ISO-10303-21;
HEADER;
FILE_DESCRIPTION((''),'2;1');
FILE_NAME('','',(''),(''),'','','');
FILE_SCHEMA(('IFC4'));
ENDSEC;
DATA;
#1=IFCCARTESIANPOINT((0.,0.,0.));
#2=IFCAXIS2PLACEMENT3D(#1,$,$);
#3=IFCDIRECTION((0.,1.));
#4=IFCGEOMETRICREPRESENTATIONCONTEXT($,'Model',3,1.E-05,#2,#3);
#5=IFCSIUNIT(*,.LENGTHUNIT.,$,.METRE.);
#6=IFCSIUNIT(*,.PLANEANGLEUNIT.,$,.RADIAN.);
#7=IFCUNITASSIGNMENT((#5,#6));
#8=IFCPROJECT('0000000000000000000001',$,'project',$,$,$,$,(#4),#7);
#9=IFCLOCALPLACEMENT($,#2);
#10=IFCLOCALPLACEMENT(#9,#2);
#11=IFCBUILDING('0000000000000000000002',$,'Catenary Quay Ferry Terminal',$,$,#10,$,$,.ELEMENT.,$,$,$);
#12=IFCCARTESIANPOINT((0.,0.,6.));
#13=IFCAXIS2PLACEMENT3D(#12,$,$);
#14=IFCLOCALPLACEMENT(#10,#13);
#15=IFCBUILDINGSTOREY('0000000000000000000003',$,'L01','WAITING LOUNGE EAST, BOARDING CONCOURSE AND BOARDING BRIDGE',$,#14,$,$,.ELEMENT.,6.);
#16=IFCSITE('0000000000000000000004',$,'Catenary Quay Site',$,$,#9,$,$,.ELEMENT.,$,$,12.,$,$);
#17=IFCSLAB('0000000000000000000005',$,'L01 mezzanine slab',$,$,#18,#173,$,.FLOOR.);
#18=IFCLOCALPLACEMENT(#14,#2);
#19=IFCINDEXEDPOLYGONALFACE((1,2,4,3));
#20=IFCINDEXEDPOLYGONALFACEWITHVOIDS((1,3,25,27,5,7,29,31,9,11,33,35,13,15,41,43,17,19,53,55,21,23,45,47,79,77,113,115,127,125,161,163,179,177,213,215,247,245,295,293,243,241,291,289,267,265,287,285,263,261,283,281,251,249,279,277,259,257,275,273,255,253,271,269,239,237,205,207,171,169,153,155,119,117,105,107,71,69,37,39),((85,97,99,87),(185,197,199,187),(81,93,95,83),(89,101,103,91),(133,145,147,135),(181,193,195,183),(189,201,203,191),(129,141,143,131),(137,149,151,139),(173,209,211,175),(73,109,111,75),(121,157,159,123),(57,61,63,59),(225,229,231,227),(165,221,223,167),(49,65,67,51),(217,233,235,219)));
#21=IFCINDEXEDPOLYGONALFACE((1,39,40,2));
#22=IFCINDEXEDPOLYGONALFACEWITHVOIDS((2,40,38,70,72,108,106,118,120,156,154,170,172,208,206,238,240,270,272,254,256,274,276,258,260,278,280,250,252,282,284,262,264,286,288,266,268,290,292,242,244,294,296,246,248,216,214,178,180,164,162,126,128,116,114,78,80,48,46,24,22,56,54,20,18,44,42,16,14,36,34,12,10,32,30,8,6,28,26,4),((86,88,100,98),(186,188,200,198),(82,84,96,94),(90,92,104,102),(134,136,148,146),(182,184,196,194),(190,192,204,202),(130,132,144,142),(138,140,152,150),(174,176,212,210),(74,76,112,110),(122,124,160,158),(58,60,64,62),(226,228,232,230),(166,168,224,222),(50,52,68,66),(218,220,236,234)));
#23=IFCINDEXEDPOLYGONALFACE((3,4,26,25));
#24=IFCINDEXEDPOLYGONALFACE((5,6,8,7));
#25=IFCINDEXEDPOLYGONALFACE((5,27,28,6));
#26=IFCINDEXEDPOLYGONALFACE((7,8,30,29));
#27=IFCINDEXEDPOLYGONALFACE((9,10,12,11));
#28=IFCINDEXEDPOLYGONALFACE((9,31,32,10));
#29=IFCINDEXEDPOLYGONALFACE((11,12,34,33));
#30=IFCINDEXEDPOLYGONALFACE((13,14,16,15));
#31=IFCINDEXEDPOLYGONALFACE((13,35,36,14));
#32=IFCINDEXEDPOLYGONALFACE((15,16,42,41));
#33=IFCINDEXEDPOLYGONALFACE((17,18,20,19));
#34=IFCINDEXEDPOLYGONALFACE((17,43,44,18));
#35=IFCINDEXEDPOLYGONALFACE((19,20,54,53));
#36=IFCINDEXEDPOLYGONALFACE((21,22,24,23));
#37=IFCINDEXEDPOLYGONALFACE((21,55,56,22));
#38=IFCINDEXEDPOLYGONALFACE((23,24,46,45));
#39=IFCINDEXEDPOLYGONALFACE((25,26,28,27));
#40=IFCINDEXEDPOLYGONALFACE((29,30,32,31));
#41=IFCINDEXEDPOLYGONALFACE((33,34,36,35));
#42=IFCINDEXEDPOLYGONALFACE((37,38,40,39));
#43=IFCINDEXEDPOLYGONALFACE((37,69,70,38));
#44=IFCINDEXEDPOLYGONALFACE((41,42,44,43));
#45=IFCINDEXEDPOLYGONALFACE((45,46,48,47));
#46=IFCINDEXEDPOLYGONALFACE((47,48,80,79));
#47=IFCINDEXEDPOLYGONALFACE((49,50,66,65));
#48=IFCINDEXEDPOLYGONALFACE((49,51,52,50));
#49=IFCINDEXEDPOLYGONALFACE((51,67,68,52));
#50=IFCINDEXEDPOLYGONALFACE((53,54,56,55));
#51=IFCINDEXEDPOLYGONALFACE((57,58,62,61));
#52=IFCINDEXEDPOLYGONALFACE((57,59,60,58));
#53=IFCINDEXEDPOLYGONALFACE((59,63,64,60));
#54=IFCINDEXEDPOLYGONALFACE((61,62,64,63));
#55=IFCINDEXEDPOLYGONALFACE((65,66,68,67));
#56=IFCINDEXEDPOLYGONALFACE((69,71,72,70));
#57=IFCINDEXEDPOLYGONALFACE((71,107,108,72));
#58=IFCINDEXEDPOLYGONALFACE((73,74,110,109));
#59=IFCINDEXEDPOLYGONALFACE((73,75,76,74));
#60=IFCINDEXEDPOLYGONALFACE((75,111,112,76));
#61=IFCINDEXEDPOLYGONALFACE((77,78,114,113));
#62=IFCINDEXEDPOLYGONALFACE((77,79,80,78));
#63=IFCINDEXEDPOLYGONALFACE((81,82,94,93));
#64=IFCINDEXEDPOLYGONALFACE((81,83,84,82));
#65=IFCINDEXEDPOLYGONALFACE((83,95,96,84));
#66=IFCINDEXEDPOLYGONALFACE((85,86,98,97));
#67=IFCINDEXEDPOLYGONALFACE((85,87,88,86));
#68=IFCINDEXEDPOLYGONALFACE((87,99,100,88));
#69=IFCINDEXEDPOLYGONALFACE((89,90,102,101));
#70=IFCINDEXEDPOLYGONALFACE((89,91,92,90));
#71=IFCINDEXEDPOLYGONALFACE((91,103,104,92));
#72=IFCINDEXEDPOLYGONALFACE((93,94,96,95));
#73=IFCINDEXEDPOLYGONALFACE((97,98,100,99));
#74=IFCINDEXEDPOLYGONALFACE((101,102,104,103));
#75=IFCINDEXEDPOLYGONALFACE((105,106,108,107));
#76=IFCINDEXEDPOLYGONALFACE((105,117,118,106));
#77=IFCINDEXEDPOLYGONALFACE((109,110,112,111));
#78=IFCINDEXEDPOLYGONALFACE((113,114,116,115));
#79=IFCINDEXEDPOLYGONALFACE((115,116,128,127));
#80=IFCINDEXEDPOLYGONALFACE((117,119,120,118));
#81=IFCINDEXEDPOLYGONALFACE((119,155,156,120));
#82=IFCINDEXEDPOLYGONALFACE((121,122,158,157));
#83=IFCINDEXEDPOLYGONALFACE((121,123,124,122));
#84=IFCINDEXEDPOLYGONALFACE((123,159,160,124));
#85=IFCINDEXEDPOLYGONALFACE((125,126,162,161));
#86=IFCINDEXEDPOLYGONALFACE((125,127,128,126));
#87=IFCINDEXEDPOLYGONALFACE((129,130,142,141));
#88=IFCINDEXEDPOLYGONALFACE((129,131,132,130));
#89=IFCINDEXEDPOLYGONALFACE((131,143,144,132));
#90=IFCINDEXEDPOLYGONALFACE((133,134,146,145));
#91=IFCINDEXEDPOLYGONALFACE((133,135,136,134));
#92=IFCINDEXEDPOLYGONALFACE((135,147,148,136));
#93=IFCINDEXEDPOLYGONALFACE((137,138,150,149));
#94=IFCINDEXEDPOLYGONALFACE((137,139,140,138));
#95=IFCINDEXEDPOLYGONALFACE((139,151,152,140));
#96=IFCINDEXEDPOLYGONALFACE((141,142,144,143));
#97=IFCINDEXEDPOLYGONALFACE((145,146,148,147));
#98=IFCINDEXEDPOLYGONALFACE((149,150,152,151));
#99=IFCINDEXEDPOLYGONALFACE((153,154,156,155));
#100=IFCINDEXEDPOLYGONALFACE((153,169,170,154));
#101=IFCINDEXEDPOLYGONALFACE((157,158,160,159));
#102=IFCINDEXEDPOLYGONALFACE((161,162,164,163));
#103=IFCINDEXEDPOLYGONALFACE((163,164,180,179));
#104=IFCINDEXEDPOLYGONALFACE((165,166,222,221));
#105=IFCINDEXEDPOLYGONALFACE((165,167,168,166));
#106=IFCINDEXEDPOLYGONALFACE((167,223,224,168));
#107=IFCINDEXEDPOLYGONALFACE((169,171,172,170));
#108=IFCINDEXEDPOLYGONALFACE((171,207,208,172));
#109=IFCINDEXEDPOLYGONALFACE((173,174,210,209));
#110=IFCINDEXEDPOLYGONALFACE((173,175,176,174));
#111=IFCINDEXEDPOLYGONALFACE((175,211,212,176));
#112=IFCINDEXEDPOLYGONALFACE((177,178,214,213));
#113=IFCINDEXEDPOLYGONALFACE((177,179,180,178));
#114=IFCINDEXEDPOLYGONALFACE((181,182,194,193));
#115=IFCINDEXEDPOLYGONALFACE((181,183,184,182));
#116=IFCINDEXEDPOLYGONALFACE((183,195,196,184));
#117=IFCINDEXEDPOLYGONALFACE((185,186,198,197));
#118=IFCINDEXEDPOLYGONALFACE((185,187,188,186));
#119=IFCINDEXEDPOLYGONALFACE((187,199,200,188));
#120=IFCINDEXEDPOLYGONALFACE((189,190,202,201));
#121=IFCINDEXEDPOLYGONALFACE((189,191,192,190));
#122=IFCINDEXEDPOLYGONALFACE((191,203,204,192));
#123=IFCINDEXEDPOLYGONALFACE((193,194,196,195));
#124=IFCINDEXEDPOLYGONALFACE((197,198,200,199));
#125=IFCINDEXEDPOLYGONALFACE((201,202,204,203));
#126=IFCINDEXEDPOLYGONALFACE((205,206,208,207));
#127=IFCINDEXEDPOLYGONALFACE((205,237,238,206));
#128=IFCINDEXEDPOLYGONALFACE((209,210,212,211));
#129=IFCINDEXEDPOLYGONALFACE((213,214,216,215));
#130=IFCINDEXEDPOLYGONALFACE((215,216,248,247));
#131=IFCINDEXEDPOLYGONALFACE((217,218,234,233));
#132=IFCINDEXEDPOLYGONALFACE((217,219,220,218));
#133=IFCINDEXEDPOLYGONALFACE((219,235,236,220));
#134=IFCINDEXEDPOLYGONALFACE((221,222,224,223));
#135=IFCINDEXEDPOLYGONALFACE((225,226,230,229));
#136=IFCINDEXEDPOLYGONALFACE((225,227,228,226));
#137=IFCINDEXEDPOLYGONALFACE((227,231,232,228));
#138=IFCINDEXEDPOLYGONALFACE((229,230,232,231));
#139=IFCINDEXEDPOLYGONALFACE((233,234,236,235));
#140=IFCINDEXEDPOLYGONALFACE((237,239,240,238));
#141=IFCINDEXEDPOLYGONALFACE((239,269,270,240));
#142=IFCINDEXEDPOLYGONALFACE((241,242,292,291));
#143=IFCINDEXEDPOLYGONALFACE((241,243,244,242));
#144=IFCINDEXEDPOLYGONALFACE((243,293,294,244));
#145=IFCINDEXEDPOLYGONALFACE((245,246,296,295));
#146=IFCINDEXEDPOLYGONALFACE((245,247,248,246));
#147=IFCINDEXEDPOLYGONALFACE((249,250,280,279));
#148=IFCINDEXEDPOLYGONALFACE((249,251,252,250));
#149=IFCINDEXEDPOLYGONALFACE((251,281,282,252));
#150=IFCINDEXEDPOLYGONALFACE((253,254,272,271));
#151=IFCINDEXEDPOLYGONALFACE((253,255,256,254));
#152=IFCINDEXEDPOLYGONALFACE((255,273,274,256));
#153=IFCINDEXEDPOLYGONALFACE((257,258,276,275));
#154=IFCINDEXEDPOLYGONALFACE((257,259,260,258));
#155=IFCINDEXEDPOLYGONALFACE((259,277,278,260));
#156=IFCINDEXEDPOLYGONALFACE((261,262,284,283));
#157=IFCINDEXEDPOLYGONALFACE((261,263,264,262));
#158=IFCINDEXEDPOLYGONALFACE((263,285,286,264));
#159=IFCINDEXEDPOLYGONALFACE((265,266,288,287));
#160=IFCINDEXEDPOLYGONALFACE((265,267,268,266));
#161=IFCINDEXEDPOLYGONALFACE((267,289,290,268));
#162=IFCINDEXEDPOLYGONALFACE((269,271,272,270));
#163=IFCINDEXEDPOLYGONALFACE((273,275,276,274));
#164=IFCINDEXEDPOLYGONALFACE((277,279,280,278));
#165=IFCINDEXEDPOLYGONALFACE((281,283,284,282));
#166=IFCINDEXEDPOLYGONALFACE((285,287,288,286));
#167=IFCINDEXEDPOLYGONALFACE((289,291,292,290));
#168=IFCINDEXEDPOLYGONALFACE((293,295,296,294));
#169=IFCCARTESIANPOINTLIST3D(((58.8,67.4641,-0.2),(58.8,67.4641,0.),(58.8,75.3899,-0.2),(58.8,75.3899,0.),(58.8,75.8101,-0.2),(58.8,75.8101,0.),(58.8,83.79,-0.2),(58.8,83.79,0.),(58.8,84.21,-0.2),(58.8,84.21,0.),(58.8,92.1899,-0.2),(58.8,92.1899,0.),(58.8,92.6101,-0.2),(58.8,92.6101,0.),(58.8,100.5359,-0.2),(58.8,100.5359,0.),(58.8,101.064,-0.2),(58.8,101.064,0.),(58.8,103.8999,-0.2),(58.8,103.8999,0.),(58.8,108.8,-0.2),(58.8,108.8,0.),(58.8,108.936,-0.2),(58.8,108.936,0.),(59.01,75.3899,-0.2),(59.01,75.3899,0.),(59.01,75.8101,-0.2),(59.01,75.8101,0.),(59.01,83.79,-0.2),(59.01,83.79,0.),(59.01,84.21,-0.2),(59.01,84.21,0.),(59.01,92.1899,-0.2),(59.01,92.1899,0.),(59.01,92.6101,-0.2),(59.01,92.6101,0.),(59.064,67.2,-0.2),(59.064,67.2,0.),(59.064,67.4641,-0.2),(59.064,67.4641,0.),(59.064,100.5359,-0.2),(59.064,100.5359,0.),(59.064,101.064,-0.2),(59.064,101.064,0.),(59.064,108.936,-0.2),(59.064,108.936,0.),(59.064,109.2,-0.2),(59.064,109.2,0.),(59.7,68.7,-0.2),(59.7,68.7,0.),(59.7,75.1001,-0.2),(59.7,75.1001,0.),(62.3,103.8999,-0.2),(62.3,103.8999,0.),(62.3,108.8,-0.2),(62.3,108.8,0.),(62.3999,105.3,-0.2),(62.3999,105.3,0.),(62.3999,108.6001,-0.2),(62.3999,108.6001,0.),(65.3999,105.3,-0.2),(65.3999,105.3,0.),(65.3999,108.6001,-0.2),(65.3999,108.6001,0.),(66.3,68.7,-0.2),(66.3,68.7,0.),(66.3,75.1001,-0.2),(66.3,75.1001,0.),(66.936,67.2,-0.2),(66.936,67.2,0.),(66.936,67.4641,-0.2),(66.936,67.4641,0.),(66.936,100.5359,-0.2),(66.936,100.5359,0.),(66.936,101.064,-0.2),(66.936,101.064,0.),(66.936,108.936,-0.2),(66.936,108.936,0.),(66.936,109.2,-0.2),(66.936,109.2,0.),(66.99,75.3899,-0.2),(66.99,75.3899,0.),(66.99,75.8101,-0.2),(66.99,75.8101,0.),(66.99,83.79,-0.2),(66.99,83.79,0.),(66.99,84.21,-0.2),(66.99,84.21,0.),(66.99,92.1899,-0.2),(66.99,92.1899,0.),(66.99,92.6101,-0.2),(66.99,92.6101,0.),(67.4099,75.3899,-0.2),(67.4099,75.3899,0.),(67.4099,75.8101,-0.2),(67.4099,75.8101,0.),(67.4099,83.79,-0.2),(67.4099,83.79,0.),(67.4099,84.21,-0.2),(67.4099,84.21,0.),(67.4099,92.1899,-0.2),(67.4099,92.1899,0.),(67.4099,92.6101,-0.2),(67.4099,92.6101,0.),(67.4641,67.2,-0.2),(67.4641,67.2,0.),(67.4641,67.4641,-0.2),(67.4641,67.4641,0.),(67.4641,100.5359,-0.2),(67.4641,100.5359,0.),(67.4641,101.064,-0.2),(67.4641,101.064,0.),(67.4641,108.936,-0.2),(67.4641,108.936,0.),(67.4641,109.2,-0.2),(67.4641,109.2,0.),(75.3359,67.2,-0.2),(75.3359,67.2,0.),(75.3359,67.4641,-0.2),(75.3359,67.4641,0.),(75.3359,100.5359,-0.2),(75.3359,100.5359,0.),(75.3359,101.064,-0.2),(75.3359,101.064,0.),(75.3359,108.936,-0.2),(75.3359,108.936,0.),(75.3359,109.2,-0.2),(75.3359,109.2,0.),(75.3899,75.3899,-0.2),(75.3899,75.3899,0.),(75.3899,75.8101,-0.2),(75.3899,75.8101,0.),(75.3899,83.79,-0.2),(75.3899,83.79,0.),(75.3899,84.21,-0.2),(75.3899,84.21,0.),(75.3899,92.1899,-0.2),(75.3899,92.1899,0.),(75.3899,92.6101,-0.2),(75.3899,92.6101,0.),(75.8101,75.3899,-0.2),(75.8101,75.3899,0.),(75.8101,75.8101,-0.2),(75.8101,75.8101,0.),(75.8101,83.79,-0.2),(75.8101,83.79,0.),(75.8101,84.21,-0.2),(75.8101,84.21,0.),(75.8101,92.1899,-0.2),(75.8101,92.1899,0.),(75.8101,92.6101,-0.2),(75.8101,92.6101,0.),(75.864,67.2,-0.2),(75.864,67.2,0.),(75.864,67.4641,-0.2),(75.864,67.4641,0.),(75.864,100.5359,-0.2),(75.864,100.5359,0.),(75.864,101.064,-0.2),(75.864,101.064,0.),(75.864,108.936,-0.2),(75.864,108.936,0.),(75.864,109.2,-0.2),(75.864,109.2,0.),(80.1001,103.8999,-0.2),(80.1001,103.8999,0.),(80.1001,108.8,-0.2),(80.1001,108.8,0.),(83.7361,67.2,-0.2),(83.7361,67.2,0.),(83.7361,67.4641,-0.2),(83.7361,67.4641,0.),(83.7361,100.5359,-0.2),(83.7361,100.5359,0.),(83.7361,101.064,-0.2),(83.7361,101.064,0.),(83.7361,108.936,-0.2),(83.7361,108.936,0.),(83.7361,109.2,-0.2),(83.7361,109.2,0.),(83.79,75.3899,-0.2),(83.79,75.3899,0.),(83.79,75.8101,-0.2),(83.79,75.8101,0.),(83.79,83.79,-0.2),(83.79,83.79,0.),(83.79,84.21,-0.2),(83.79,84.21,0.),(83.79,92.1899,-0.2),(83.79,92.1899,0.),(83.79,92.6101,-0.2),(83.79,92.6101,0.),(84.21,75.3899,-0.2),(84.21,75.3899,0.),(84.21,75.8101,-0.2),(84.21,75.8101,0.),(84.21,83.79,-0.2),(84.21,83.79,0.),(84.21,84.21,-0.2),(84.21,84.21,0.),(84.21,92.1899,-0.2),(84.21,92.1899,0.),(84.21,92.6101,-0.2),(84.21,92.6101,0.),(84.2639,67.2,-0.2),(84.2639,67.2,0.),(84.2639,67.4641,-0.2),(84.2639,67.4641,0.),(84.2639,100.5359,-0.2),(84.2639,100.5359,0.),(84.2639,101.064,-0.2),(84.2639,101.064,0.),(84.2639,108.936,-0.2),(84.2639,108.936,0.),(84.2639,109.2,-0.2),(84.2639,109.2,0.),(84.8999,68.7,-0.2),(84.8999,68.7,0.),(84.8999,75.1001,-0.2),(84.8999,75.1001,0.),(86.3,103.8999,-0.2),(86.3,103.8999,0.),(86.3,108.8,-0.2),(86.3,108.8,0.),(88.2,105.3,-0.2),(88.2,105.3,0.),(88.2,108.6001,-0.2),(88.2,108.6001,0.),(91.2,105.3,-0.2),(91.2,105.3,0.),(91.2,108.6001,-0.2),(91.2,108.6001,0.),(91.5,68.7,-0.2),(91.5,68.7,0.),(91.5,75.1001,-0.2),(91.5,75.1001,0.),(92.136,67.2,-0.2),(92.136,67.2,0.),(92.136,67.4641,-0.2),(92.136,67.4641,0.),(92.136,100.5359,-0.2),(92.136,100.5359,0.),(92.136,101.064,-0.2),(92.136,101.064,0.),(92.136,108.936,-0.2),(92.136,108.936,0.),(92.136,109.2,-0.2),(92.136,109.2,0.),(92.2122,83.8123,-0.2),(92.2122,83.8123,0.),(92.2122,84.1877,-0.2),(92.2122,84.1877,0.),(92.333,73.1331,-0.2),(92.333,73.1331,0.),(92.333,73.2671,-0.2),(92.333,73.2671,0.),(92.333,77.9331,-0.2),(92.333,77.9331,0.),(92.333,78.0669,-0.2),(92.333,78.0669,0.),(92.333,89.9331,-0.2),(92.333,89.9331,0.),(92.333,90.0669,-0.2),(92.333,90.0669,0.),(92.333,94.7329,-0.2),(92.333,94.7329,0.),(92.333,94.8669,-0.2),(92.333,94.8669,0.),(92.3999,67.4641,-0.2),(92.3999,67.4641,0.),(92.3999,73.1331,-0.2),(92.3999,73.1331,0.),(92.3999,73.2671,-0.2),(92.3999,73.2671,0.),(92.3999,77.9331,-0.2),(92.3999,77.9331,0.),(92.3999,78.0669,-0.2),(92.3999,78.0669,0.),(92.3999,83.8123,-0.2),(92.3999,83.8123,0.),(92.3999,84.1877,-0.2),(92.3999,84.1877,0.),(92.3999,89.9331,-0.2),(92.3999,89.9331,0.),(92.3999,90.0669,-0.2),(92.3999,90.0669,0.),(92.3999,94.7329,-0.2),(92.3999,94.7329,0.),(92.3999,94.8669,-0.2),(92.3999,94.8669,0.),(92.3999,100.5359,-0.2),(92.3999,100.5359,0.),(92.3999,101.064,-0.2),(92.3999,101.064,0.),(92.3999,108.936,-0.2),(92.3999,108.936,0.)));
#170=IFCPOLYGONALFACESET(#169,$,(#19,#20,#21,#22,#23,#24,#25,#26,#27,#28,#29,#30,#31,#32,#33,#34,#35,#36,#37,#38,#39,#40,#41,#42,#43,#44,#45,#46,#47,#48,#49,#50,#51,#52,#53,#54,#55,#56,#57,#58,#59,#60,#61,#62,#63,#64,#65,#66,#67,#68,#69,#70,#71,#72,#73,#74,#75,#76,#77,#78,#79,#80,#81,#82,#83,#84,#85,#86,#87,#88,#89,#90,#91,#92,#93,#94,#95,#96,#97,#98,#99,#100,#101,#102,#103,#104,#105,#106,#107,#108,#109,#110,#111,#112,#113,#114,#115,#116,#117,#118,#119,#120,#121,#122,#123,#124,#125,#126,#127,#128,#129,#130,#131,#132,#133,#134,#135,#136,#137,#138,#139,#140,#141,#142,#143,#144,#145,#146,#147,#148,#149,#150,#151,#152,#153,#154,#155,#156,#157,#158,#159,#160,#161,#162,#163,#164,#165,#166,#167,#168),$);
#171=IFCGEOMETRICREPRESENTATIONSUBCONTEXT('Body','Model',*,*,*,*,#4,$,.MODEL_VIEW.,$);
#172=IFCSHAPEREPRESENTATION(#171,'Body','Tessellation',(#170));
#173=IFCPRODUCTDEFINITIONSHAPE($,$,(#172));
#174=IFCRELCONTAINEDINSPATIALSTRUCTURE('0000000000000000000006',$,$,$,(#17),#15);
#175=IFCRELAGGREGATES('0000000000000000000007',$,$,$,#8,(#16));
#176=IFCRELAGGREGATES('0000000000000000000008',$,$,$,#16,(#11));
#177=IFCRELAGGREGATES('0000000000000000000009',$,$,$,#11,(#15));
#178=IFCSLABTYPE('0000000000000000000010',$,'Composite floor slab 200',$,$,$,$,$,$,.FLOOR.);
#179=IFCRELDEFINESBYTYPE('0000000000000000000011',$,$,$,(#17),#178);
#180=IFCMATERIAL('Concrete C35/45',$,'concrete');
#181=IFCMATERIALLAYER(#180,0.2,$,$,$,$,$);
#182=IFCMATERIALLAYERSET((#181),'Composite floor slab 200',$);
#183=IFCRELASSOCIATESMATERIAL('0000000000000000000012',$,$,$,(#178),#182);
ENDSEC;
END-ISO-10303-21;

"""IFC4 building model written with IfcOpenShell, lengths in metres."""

from ifc_helpers import new_model, si_unit, direction, frame, origin, place, context, subcontext, project, spatial, polyline, outline, extrude, material, layer, layer_set, type_object, element, save


model = new_model("IFC4")

# Units and contexts
model_context = context("Model", 3, precision=1e-05, world=origin(), true_north=direction((0.0, 1.0)))
body_context = subcontext(model_context, "Body", "Model", "MODEL_VIEW")
ifc_project = project(units=[si_unit("LENGTHUNIT", "METRE"), si_unit("PLANEANGLEUNIT", "RADIAN")], contexts=[model_context])

# Site, building, storey
site_placement = place(None, origin())
site = spatial("IfcSite", under=ifc_project, at=site_placement, Name="Catenary Quay Site", CompositionType="ELEMENT", RefElevation=12.0)
building_placement = place(site_placement, origin())
building = spatial("IfcBuilding", under=site, at=building_placement, Name="Catenary Quay Ferry Terminal", CompositionType="ELEMENT")
storey_placement = place(building_placement, frame((0.0, 0.0, 6.0)))
storey = spatial("IfcBuildingStorey", under=building, at=storey_placement, Name="L01", Description="WAITING LOUNGE EAST, BOARDING CONCOURSE AND BOARDING BRIDGE", CompositionType="ELEMENT", Elevation=6.0)

# Slab
ifc_material_1 = material(Name="Concrete C35/45", Category="concrete")
ifc_layer_1 = layer(ifc_material_1, 0.2)
ifc_layer_set_1 = layer_set([ifc_layer_1], Name="Composite floor slab 200")
slab_type = type_object("IfcSlabType", Name="Composite floor slab 200", PredefinedType="FLOOR", material=ifc_layer_set_1)
slab_1_placement = place(storey_placement, frame((0.0, 0.0, -0.2)))
element("IfcSlab", 1, at=slab_1_placement, inside=storey, type_object=slab_type, Name="L01 mezzanine slab", PredefinedType="FLOOR", context=body_context, shape_type="SweptSolid", body=[
    extrude(outline(polyline([(92.3999, 67.4641), (92.136, 67.4641), (92.136, 67.2), (84.2639, 67.2), (84.2639, 67.4641), (83.7361, 67.4641), (83.7361, 67.2), (75.864, 67.2), (75.864, 67.4641), (75.3359, 67.4641), (75.3359, 67.2), (67.4641, 67.2), (67.4641, 67.4641), (66.936, 67.4641), (66.936, 67.2), (59.064, 67.2), (59.064, 67.4641), (58.8, 67.4641), (58.8, 75.3899), (59.01, 75.3899), (59.01, 75.8101), (58.8, 75.8101), (58.8, 83.79), (59.01, 83.79), (59.01, 84.21), (58.8, 84.21), (58.8, 92.1899), (59.01, 92.1899), (59.01, 92.6101), (58.8, 92.6101), (58.8, 100.5359), (59.064, 100.5359), (59.064, 101.064), (58.8, 101.064), (58.8, 103.8999), (62.3, 103.8999), (62.3, 108.8), (58.8, 108.8), (58.8, 108.936), (59.064, 108.936), (59.064, 109.2), (66.936, 109.2), (66.936, 108.936), (67.4641, 108.936), (67.4641, 109.2), (75.3359, 109.2), (75.3359, 108.936), (75.864, 108.936), (75.864, 109.2), (83.7361, 109.2), (83.7361, 108.936), (84.2639, 108.936), (84.2639, 109.2), (92.136, 109.2), (92.136, 108.936), (92.3999, 108.936), (92.3999, 101.064), (92.136, 101.064), (92.136, 100.5359), (92.3999, 100.5359), (92.3999, 94.8669), (92.333, 94.8669), (92.333, 94.7329), (92.3999, 94.7329), (92.3999, 90.0669), (92.333, 90.0669), (92.333, 89.9331), (92.3999, 89.9331), (92.3999, 84.1877), (92.2122, 84.1877), (92.2122, 83.8123), (92.3999, 83.8123), (92.3999, 78.0669), (92.333, 78.0669), (92.333, 77.9331), (92.3999, 77.9331), (92.3999, 73.2671), (92.333, 73.2671), (92.333, 73.1331), (92.3999, 73.1331), (92.3999, 67.4641)]), holes=[polyline([(66.3, 68.7), (66.3, 75.1001), (59.7, 75.1001), (59.7, 68.7), (66.3, 68.7)]), polyline([(62.3999, 105.3), (65.3999, 105.3), (65.3999, 108.6001), (62.3999, 108.6001), (62.3999, 105.3)]), polyline([(66.99, 75.3899), (67.4099, 75.3899), (67.4099, 75.8101), (66.99, 75.8101), (66.99, 75.3899)]), polyline([(75.8101, 75.3899), (75.8101, 75.8101), (75.3899, 75.8101), (75.3899, 75.3899), (75.8101, 75.3899)]), polyline([(66.99, 83.79), (67.4099, 83.79), (67.4099, 84.21), (66.99, 84.21), (66.99, 83.79)]), polyline([(75.3899, 83.79), (75.8101, 83.79), (75.8101, 84.21), (75.3899, 84.21), (75.3899, 83.79)]), polyline([(67.4099, 92.1899), (67.4099, 92.6101), (66.99, 92.6101), (66.99, 92.1899), (67.4099, 92.1899)]), polyline([(75.3899, 92.1899), (75.8101, 92.1899), (75.8101, 92.6101), (75.3899, 92.6101), (75.3899, 92.1899)]), polyline([(66.936, 100.5359), (67.4641, 100.5359), (67.4641, 101.064), (66.936, 101.064), (66.936, 100.5359)]), polyline([(75.864, 100.5359), (75.864, 101.064), (75.3359, 101.064), (75.3359, 100.5359), (75.864, 100.5359)]), polyline([(83.7361, 100.5359), (84.2639, 100.5359), (84.2639, 101.064), (83.7361, 101.064), (83.7361, 100.5359)]), polyline([(80.1001, 103.8999), (86.3, 103.8999), (86.3, 108.8), (80.1001, 108.8), (80.1001, 103.8999)]), polyline([(84.8999, 68.7), (91.5, 68.7), (91.5, 75.1001), (84.8999, 75.1001), (84.8999, 68.7)]), polyline([(83.79, 75.3899), (84.21, 75.3899), (84.21, 75.8101), (83.79, 75.8101), (83.79, 75.3899)]), polyline([(84.21, 83.79), (84.21, 84.21), (83.79, 84.21), (83.79, 83.79), (84.21, 83.79)]), polyline([(83.79, 92.1899), (84.21, 92.1899), (84.21, 92.6101), (83.79, 92.6101), (83.79, 92.1899)]), polyline([(88.2, 105.3), (91.2, 105.3), (91.2, 108.6001), (88.2, 108.6001), (88.2, 105.3)])]), origin(), (0.0, 0.0, 1.0), 0.2),
])

save(model, "model.ifc")
